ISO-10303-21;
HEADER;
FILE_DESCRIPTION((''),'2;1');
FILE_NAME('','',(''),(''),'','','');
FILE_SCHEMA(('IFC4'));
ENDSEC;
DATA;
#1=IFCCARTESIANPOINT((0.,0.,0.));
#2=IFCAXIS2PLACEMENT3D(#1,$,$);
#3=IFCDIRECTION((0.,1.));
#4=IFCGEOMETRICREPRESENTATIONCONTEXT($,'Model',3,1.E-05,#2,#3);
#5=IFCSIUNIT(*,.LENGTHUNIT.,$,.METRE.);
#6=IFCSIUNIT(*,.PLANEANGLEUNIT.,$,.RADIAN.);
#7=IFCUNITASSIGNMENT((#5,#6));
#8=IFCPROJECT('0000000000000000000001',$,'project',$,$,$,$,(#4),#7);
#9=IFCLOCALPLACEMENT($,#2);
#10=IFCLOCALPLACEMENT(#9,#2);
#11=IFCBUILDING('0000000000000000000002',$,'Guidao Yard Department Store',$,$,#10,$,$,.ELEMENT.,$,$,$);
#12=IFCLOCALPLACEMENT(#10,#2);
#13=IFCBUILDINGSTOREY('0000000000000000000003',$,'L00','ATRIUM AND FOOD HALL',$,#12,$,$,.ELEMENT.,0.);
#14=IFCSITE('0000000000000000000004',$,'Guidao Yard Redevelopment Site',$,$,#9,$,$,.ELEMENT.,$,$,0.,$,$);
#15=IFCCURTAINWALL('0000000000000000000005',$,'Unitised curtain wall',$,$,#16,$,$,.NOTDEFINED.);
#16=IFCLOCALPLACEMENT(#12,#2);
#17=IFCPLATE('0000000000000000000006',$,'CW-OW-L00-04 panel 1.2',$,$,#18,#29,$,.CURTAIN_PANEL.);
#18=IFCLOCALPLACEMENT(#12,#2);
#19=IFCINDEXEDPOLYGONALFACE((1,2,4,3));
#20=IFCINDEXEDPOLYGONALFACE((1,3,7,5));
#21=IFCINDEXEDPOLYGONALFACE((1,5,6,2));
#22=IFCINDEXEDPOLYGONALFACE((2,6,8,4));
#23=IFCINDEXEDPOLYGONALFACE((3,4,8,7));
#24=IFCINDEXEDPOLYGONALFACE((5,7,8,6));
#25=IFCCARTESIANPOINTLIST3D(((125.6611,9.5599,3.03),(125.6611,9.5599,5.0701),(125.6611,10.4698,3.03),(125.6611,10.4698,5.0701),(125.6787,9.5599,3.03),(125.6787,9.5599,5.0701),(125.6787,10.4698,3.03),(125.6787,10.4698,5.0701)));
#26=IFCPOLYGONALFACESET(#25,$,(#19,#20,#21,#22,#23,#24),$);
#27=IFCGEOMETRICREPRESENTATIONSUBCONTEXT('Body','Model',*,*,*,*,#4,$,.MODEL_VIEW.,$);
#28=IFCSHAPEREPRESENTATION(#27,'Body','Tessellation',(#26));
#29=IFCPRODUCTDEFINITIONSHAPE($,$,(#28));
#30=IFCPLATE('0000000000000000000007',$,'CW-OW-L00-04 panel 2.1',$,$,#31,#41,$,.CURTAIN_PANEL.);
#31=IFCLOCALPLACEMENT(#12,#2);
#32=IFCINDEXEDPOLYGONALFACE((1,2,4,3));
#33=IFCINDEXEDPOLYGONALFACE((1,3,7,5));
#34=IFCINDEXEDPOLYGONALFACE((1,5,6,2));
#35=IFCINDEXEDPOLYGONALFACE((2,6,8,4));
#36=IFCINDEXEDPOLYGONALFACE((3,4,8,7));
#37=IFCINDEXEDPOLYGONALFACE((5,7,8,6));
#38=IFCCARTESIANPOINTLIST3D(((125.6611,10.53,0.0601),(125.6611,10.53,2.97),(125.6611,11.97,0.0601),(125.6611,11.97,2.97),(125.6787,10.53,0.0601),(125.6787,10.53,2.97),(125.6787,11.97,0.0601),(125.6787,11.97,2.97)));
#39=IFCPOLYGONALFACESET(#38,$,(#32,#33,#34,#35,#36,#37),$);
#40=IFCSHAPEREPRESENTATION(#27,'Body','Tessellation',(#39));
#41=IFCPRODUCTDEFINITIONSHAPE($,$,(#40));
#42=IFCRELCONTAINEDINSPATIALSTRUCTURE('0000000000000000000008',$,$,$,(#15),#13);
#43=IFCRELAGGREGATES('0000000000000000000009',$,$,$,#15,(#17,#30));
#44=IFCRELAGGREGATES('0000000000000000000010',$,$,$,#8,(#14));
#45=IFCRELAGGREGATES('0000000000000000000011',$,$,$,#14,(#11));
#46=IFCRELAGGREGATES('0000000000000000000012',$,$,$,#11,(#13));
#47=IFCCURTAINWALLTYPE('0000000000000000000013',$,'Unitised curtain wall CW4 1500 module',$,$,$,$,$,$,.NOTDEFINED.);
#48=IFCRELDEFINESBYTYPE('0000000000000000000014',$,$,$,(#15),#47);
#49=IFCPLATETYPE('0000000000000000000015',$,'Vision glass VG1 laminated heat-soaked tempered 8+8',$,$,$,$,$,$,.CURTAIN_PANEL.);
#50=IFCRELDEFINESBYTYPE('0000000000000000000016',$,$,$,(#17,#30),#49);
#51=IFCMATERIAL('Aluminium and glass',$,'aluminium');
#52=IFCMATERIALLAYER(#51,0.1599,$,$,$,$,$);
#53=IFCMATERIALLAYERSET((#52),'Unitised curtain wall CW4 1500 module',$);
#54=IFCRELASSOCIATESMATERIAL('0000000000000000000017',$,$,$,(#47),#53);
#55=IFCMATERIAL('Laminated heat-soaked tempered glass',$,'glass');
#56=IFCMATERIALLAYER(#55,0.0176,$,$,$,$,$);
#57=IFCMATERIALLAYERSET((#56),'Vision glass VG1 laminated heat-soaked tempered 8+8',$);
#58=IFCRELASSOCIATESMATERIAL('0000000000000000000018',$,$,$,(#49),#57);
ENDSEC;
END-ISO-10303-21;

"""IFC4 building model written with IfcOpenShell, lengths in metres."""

from ifc_helpers import new_model, si_unit, direction, frame, origin, origin_2d, place, context, subcontext, project, spatial, rectangle, extrude, material, layer, layer_set, type_object, element, aggregate, save


model = new_model("IFC4")

# Units and contexts
model_context = context("Model", 3, precision=1e-05, world=origin(), true_north=direction((0.0, 1.0)))
body_context = subcontext(model_context, "Body", "Model", "MODEL_VIEW")
ifc_project = project(units=[si_unit("LENGTHUNIT", "METRE"), si_unit("PLANEANGLEUNIT", "RADIAN")], contexts=[model_context])

# Site, building, storey
site_placement = place(None, origin())
site = spatial("IfcSite", under=ifc_project, at=site_placement, Name="Guidao Yard Redevelopment Site", CompositionType="ELEMENT", RefElevation=0.0)
building_placement = place(site_placement, origin())
building = spatial("IfcBuilding", under=site, at=building_placement, Name="Guidao Yard Department Store", CompositionType="ELEMENT")
storey_placement = place(building_placement, origin())
storey = spatial("IfcBuildingStorey", under=building, at=storey_placement, Name="L00", Description="ATRIUM AND FOOD HALL", CompositionType="ELEMENT", Elevation=0.0)

# Curtain wall
ifc_material_1 = material(Name="Aluminium and glass", Category="aluminium")
ifc_layer_1 = layer(ifc_material_1, 0.1599)
ifc_layer_set_1 = layer_set([ifc_layer_1], Name="Unitised curtain wall CW4 1500 module")
curtain_wall_type = type_object("IfcCurtainWallType", Name="Unitised curtain wall CW4 1500 module", PredefinedType="NOTDEFINED", material=ifc_layer_set_1)
curtain_wall_placement = place(storey_placement, origin())
curtain_wall = element("IfcCurtainWall", 1, at=curtain_wall_placement, inside=storey, type_object=curtain_wall_type, Name="Unitised curtain wall", PredefinedType="NOTDEFINED")

# Plates
ifc_material_2 = material(Name="Laminated heat-soaked tempered glass", Category="glass")
ifc_layer_2 = layer(ifc_material_2, 0.0176)
ifc_layer_set_2 = layer_set([ifc_layer_2], Name="Vision glass VG1 laminated heat-soaked tempered 8+8")
plate_type_1 = type_object("IfcPlateType", Name="Vision glass VG1 laminated heat-soaked tempered 8+8", PredefinedType="CURTAIN_PANEL", material=ifc_layer_set_2)
plate_1_placement = place(storey_placement, frame((125.6699, 10.0149, 3.03), z_axis=(0.0, 0.0, 1.0), x_axis=(0.0, 1.0, 0.0)))
plate_1 = element("IfcPlate", 2, at=plate_1_placement, type_object=plate_type_1, Name="CW-OW-L00-04 panel 1.2", PredefinedType="CURTAIN_PANEL", context=body_context, shape_type="SweptSolid", body=[
    extrude(rectangle(XDim=0.9099, YDim=0.0176, at=origin_2d()), origin(), (0.0, 0.0, 1.0), 2.04),
])
plate_2_placement = place(storey_placement, frame((125.6699, 11.25, 0.0601), z_axis=(0.0, 0.0, 1.0), x_axis=(0.0, 1.0, 0.0)))
plate_2 = element("IfcPlate", 3, at=plate_2_placement, type_object=plate_type_1, Name="CW-OW-L00-04 panel 2.1", PredefinedType="CURTAIN_PANEL", context=body_context, shape_type="SweptSolid", body=[
    extrude(rectangle(XDim=1.4399, YDim=0.0176, at=origin_2d()), origin(), (0.0, 0.0, 1.0), 2.9099),
])
aggregate(curtain_wall, [plate_1, plate_2])

save(model, "model.ifc")
